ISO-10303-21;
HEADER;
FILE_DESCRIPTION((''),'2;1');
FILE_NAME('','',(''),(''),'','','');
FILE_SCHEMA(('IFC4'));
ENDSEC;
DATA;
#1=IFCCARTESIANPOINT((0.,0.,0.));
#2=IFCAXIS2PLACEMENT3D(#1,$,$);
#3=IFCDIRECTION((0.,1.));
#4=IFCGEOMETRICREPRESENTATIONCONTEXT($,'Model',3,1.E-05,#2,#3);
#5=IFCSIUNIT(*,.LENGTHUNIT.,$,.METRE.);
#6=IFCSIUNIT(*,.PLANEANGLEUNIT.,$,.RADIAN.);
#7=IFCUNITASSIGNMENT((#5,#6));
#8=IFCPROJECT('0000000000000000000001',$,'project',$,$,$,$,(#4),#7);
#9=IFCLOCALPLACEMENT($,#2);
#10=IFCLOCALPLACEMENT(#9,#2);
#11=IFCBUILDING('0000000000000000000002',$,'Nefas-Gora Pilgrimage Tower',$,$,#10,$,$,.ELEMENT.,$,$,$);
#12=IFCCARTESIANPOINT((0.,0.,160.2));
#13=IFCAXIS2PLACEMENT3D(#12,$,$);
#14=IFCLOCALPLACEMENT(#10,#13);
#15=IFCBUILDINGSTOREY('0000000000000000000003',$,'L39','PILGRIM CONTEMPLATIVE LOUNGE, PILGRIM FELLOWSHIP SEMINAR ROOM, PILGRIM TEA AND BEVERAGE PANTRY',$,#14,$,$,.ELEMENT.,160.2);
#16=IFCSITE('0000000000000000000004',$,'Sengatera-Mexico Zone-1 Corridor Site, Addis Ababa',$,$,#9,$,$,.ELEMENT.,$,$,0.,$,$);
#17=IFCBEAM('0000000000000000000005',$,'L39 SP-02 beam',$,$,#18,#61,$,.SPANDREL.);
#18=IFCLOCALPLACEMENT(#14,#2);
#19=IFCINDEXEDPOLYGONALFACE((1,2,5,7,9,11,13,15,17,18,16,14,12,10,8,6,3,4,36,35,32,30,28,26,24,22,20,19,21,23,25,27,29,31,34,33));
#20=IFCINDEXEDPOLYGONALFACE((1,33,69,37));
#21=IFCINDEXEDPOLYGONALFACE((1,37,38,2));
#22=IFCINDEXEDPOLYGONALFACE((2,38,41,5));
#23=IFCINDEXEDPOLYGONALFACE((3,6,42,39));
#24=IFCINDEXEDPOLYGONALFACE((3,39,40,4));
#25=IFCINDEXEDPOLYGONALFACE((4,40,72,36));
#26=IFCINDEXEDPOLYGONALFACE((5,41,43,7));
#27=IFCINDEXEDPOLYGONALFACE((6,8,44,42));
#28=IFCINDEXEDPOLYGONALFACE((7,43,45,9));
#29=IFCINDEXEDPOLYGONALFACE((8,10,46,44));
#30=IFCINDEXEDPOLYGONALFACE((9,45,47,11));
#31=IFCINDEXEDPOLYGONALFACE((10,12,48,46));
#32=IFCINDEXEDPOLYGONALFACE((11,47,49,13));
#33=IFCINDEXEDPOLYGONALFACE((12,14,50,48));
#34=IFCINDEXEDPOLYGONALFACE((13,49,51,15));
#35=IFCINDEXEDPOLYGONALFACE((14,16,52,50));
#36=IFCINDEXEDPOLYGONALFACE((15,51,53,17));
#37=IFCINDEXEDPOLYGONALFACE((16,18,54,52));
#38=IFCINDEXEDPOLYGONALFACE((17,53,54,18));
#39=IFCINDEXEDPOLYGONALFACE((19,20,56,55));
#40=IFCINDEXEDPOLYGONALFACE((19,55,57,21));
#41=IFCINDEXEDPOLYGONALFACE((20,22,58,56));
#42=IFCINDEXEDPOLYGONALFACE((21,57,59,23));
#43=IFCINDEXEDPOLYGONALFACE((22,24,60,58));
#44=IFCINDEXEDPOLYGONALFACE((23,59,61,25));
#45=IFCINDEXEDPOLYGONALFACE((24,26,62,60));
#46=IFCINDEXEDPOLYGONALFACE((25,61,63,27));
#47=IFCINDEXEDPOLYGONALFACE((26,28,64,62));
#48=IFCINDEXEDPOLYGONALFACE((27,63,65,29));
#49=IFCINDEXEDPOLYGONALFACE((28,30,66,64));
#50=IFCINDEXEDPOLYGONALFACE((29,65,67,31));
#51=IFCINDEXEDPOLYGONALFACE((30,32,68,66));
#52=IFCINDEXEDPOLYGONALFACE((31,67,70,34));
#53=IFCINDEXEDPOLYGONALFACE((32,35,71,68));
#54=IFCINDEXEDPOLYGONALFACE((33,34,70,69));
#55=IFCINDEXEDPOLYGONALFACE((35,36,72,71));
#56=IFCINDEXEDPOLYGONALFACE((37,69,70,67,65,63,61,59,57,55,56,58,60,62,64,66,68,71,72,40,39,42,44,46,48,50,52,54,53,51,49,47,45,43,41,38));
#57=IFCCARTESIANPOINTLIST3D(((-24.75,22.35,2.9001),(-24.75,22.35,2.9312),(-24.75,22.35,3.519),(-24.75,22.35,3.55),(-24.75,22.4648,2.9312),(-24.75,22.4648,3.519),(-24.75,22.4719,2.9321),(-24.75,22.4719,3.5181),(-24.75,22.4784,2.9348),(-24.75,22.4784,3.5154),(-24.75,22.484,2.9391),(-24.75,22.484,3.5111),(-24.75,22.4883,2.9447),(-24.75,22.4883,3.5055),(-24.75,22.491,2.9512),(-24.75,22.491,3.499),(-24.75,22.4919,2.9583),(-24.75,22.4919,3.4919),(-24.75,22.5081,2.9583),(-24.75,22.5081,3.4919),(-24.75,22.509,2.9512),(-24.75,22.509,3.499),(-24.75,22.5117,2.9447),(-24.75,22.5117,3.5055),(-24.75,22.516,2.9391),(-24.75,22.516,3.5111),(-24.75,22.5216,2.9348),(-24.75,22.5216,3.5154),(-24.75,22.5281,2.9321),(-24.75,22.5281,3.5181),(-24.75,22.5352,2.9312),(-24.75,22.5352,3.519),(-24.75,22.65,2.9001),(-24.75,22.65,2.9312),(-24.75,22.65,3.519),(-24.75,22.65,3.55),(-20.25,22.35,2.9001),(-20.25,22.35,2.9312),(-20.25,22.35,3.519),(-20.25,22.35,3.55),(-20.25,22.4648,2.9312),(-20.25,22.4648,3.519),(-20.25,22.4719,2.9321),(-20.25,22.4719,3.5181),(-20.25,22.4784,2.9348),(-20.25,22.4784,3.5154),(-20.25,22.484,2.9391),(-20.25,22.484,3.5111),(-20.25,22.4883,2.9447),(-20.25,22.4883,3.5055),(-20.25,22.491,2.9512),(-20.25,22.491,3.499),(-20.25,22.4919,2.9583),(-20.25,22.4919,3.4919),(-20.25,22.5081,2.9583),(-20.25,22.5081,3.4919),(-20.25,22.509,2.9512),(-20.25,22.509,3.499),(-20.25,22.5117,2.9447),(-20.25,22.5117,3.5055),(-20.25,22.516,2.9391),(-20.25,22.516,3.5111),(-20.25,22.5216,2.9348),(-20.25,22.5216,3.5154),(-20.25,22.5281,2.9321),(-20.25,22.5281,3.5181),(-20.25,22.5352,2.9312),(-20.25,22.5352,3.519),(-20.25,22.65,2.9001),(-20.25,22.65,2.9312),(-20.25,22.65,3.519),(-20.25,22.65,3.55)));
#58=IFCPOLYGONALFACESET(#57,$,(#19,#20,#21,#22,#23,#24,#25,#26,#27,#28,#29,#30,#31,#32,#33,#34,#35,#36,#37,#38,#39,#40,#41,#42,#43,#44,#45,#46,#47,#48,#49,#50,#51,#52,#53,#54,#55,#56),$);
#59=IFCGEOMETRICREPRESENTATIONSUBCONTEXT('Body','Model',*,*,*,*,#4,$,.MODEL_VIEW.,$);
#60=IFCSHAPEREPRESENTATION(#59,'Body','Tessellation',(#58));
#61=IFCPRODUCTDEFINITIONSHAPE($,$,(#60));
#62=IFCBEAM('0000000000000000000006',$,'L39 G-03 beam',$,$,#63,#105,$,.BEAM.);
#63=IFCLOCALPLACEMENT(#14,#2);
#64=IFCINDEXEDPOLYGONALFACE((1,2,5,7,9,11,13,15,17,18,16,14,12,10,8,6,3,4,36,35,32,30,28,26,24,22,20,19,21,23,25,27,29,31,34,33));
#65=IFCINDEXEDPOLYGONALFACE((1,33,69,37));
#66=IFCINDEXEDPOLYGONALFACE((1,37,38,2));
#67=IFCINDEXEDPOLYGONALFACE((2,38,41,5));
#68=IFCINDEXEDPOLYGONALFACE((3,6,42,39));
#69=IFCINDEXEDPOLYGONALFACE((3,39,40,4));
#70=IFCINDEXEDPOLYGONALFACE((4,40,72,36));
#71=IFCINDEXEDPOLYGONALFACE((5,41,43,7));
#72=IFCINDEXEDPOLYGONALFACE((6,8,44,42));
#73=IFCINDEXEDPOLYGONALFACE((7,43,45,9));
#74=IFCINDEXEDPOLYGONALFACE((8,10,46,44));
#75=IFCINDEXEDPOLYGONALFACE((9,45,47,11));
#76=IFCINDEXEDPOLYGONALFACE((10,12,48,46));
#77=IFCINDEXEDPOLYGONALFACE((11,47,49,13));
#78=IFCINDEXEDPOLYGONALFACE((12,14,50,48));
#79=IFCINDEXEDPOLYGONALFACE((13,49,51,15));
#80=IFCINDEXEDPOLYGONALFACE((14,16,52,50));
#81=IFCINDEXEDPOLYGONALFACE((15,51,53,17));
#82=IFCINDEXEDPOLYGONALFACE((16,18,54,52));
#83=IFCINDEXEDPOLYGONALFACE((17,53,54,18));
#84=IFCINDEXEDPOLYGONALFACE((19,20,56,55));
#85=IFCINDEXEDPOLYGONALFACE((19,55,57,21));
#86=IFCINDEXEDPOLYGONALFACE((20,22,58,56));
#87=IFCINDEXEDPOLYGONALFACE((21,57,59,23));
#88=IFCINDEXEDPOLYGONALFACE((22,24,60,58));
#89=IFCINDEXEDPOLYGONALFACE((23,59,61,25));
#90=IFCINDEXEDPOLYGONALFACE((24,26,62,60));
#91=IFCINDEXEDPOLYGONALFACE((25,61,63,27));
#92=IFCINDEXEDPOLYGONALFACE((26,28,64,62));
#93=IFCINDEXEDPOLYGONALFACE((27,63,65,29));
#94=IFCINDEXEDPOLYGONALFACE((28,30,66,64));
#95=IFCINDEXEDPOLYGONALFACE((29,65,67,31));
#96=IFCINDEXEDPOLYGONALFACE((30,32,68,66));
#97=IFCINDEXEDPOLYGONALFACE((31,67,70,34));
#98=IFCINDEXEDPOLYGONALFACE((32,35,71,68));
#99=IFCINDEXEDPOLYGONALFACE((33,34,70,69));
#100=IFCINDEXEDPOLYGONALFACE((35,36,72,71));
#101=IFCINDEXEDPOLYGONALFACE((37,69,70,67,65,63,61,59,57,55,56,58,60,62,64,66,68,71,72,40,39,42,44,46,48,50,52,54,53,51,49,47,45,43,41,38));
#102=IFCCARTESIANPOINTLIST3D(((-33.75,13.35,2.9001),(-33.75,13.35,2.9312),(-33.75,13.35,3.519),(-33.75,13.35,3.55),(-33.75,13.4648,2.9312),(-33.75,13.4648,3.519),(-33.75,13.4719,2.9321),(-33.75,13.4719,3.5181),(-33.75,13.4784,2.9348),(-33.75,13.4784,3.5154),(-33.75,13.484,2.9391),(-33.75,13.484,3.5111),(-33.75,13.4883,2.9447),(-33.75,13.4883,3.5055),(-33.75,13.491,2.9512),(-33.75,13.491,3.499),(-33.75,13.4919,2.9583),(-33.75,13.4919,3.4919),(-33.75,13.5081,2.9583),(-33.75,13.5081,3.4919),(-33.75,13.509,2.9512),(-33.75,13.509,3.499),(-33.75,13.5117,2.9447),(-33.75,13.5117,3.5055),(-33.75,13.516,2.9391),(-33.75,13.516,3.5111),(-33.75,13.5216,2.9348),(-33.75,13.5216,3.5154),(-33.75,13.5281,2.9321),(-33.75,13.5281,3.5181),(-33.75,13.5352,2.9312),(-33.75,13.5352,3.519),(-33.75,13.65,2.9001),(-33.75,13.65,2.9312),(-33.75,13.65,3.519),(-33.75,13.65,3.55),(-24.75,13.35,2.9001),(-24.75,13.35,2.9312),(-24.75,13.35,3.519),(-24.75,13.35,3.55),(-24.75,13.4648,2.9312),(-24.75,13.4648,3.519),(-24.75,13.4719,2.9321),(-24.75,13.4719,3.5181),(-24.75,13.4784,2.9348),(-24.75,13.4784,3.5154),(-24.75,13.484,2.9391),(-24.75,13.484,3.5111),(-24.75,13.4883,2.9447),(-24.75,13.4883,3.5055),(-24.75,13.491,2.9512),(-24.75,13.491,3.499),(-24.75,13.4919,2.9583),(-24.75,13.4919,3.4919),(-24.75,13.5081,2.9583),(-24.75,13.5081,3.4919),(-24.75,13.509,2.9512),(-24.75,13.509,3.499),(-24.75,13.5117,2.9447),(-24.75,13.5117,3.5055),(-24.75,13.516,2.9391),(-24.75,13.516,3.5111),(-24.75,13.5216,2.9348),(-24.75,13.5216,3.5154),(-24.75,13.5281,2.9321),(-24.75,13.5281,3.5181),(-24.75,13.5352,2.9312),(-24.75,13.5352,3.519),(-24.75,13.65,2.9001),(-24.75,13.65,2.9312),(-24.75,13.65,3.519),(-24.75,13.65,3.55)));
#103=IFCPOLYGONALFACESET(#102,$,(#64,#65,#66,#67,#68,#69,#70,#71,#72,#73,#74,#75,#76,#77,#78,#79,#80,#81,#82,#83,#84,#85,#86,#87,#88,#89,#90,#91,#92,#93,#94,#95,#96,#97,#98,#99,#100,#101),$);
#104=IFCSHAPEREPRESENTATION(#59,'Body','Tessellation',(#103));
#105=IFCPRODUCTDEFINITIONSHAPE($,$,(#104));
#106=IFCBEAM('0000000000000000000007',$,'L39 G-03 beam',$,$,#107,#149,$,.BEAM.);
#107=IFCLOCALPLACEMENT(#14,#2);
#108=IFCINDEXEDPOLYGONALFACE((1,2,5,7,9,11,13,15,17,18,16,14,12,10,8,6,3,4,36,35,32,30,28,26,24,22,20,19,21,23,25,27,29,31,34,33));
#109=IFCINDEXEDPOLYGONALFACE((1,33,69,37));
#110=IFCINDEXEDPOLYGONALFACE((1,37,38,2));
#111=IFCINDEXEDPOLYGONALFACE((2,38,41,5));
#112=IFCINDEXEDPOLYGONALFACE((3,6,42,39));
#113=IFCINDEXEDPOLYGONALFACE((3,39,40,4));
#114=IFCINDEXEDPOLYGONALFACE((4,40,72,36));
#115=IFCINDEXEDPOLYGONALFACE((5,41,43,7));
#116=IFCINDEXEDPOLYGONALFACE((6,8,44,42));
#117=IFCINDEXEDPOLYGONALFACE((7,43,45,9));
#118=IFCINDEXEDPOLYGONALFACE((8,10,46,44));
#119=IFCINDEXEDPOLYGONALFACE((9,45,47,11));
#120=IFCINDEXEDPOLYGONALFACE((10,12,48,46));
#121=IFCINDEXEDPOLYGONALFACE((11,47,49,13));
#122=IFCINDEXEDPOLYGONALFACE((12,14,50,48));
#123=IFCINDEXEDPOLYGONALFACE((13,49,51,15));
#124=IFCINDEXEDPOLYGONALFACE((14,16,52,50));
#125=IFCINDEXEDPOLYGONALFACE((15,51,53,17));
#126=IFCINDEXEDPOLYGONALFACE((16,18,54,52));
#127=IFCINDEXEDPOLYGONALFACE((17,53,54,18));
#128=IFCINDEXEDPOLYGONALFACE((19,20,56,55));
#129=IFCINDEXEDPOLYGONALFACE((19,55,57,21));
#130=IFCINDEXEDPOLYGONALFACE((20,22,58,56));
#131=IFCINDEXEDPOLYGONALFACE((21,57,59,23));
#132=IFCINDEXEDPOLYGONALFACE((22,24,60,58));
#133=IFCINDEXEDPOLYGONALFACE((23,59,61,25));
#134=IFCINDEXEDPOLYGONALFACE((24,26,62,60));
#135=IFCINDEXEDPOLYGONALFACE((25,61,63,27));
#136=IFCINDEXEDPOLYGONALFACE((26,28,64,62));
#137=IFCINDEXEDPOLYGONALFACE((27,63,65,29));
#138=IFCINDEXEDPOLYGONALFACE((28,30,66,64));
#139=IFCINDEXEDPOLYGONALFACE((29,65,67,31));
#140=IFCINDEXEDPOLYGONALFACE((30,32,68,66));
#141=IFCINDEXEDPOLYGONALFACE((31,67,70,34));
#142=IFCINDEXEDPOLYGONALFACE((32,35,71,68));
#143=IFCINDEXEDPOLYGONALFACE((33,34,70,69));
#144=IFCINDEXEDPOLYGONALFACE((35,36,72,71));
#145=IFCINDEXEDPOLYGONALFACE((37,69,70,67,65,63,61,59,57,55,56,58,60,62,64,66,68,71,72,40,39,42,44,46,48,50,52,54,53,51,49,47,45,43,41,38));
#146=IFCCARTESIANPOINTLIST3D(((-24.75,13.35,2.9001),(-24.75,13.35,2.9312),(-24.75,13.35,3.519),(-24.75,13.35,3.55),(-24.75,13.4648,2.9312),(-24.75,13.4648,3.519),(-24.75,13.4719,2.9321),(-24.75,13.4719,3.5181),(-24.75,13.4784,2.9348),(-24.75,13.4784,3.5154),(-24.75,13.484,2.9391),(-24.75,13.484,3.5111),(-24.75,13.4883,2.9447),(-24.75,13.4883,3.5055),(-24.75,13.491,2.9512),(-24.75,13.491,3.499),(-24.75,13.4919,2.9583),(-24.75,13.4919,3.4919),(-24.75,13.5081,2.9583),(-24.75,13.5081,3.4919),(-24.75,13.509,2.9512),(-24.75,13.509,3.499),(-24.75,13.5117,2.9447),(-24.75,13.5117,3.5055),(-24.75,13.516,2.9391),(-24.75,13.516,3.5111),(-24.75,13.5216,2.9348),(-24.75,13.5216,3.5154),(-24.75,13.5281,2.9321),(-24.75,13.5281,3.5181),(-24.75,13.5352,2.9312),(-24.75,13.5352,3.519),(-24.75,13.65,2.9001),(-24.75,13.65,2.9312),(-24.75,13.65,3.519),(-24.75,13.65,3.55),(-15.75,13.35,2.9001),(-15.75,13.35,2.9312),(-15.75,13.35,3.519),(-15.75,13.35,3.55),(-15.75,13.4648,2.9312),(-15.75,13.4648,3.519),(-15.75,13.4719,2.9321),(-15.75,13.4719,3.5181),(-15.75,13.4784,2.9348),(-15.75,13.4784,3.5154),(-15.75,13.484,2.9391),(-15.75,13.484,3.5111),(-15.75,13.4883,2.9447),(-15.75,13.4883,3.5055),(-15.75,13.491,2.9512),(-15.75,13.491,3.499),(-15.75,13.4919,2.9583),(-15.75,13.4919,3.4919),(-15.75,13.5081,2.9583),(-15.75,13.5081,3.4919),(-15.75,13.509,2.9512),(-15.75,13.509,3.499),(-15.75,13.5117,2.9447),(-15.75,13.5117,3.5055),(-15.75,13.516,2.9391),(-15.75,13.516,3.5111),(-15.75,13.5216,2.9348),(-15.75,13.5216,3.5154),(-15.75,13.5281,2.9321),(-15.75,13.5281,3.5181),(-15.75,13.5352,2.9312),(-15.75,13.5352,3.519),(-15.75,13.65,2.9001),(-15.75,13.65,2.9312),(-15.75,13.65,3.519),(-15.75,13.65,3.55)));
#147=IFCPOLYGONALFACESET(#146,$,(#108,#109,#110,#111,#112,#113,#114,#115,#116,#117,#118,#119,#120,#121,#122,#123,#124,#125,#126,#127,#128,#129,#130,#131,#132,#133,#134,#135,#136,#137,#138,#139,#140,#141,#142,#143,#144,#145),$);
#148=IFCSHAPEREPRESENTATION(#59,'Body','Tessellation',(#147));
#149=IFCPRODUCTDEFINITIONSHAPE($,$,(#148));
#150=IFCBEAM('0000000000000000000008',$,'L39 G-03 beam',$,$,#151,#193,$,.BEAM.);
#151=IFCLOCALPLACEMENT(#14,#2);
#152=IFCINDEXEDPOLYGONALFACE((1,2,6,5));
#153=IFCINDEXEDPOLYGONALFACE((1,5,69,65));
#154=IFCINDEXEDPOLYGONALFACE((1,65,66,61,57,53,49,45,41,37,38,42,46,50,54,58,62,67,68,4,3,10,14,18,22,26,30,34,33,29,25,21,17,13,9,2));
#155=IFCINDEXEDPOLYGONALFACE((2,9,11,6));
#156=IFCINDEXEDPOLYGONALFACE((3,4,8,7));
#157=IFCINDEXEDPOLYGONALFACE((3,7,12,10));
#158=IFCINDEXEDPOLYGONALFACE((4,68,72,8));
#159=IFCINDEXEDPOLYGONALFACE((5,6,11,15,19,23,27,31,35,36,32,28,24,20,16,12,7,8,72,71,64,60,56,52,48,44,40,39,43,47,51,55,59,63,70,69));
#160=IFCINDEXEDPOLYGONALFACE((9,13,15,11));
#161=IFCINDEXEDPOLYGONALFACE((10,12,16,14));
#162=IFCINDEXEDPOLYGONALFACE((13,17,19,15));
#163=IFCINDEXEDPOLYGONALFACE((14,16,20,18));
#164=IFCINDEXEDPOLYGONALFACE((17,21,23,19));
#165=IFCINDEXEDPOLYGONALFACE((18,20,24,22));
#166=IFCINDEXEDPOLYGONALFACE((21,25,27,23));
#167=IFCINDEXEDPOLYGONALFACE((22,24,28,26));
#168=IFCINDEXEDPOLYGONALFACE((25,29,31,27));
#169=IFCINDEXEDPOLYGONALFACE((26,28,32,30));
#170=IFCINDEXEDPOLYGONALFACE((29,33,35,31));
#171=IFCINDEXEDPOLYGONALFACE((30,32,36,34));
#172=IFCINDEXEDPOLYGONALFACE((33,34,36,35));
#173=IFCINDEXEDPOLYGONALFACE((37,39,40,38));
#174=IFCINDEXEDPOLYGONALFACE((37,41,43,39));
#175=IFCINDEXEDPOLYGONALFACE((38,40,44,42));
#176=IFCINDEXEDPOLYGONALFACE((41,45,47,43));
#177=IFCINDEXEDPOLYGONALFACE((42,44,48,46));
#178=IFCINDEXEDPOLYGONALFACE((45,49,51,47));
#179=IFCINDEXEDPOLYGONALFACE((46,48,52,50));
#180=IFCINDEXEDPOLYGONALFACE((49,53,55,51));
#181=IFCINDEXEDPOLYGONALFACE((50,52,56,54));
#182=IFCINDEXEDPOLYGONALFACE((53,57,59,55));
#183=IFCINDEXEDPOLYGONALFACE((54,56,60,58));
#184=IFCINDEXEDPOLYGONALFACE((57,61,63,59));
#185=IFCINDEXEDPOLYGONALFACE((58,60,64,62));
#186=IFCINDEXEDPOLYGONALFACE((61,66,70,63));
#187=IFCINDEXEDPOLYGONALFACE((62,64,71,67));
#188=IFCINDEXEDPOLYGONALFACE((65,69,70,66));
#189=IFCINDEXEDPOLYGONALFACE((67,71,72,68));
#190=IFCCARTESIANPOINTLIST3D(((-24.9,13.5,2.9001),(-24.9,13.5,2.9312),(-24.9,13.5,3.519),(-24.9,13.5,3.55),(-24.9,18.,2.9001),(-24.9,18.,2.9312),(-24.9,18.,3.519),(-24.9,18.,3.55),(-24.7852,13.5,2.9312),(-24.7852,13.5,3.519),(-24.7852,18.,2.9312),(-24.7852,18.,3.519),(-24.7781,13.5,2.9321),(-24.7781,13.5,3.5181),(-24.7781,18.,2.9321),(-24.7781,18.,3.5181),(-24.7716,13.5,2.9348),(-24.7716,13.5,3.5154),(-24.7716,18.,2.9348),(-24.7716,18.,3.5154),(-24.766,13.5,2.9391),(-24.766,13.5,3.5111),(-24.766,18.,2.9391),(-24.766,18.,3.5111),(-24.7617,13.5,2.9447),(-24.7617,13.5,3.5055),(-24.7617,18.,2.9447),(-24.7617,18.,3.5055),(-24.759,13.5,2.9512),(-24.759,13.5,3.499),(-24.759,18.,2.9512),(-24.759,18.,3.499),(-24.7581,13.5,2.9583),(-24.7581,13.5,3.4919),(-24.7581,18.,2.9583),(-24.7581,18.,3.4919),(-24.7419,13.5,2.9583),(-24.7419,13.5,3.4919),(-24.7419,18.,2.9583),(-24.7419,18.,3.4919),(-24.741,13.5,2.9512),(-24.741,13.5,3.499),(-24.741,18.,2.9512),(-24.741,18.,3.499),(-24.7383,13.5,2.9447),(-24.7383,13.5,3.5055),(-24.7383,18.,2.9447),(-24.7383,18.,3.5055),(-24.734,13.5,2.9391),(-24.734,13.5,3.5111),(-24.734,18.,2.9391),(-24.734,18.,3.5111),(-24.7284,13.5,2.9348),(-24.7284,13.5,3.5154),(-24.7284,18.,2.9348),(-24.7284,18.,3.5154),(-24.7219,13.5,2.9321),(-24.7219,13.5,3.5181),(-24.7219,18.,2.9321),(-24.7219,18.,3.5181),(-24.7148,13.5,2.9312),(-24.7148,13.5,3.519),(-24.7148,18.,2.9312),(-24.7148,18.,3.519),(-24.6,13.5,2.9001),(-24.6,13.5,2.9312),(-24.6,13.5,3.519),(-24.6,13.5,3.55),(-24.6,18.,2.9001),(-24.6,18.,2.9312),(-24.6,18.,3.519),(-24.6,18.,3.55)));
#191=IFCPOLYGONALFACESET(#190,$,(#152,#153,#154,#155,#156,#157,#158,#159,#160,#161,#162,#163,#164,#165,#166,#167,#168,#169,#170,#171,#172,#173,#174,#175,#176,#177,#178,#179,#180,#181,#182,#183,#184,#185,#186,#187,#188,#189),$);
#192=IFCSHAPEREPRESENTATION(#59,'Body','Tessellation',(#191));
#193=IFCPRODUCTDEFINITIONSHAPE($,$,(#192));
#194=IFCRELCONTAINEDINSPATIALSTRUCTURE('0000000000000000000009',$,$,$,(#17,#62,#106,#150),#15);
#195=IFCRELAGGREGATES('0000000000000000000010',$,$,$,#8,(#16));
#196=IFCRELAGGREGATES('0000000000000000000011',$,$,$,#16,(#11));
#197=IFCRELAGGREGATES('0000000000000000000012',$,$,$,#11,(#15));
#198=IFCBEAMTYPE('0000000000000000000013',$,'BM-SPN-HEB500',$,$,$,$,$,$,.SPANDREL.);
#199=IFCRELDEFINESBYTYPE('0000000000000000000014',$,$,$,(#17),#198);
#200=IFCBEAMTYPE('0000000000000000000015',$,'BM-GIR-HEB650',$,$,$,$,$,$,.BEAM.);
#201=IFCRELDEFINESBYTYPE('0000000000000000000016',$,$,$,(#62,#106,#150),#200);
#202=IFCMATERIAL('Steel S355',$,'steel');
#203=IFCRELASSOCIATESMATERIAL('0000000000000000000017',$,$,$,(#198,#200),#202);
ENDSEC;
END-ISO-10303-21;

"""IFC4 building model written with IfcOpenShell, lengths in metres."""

from ifc_helpers import new_model, si_unit, direction, frame, origin, origin_2d, place, context, subcontext, project, spatial, i_section, extrude, source, transform, mapped, material, material_profile, profile_set, type_object, element, save


model = new_model("IFC4")

# Units and contexts
model_context = context("Model", 3, precision=1e-05, world=origin(), true_north=direction((0.0, 1.0)))
body_context = subcontext(model_context, "Body", "Model", "MODEL_VIEW")
ifc_project = project(units=[si_unit("LENGTHUNIT", "METRE"), si_unit("PLANEANGLEUNIT", "RADIAN")], contexts=[model_context])

# Site, building, storey
site_placement = place(None, origin())
site = spatial("IfcSite", under=ifc_project, at=site_placement, Name="Sengatera-Mexico Zone-1 Corridor Site, Addis Ababa", CompositionType="ELEMENT", RefElevation=0.0)
building_placement = place(site_placement, origin())
building = spatial("IfcBuilding", under=site, at=building_placement, Name="Nefas-Gora Pilgrimage Tower", CompositionType="ELEMENT")
storey_placement = place(building_placement, frame((0.0, 0.0, 160.2)))
storey = spatial("IfcBuildingStorey", under=building, at=storey_placement, Name="L39", Description="PILGRIM CONTEMPLATIVE LOUNGE, PILGRIM FELLOWSHIP SEMINAR ROOM, PILGRIM TEA AND BEVERAGE PANTRY", CompositionType="ELEMENT", Elevation=160.2)

# Beams
ifc_material_1 = material(Name="Steel S355", Category="steel")
ifc_material_profile_1 = material_profile(ifc_material_1, i_section(OverallWidth=0.3, OverallDepth=0.6499, WebThickness=0.0161, FlangeThickness=0.031, FilletRadius=0.0271, at=origin_2d()), Name="HEB 650")
ifc_profile_set_1 = profile_set([ifc_material_profile_1], Name="Steel S355")
beam_type_1 = type_object("IfcBeamType", Name="BM-SPN-HEB500", PredefinedType="SPANDREL", material=ifc_profile_set_1)
shared_shape_1 = source(origin(), body_context, "Body", "SweptSolid", [
    extrude(i_section(OverallWidth=0.3, OverallDepth=0.6499, WebThickness=0.0161, FlangeThickness=0.031, FilletRadius=0.0271, at=origin_2d()), origin(), (0.0, 0.0, 1.0), 4.5),
])
beam_placement = place(storey_placement, frame((-24.75, 22.5, 3.2251), z_axis=(1.0, 0.0, 0.0), x_axis=(0.0, 1.0, 0.0)))
element("IfcBeam", 1, at=beam_placement, inside=storey, type_object=beam_type_1, Name="L39 SP-02 beam", PredefinedType="SPANDREL", context=body_context, shape_type="MappedRepresentation", body=[
    mapped(shared_shape_1, transform((0.0, 0.0, 0.0), x_axis=(1.0, 0.0, 0.0), y_axis=(0.0, 1.0, 0.0), z_axis=(0.0, 0.0, 1.0), scale=1.0)),
])
ifc_material_profile_2 = material_profile(ifc_material_1, i_section(OverallWidth=0.3, OverallDepth=0.6499, WebThickness=0.0161, FlangeThickness=0.031, FilletRadius=0.0271, at=origin_2d()), Name="HEB 650")
ifc_profile_set_2 = profile_set([ifc_material_profile_2], Name="Steel S355")
beam_type_2 = type_object("IfcBeamType", Name="BM-GIR-HEB650", PredefinedType="BEAM", material=ifc_profile_set_2)
shared_shape_2 = source(origin(), body_context, "Body", "SweptSolid", [
    extrude(i_section(OverallWidth=0.3, OverallDepth=0.6499, WebThickness=0.0161, FlangeThickness=0.031, FilletRadius=0.0271, at=origin_2d()), origin(), (0.0, 0.0, 1.0), 9.0),
])
for number, where, z_axis, x_axis, name in (
    (2, (-33.75, 13.5, 3.2251), (1.0, 0.0, 0.0), (0.0, 1.0, 0.0), "L39 G-03 beam"),
    (3, (-24.75, 13.5, 3.2251), (1.0, 0.0, 0.0), (0.0, 1.0, 0.0), "L39 G-03 beam"),
):
    element("IfcBeam", number, at=place(storey_placement, frame(where, z_axis=z_axis, x_axis=x_axis)), inside=storey, type_object=beam_type_2, Name=name, PredefinedType="BEAM", context=body_context, shape_type="MappedRepresentation", body=[
        mapped(shared_shape_2, transform((0.0, 0.0, 0.0), x_axis=(1.0, 0.0, 0.0), y_axis=(0.0, 1.0, 0.0), z_axis=(0.0, 0.0, 1.0), scale=1.0)),
    ])
shared_shape_3 = source(origin(), body_context, "Body", "SweptSolid", [
    extrude(i_section(OverallWidth=0.3, OverallDepth=0.6499, WebThickness=0.0161, FlangeThickness=0.031, FilletRadius=0.0271, at=origin_2d()), origin(), (0.0, 0.0, 1.0), 4.5),
])
for number, where, z_axis, x_axis, name in (
    (4, (-24.75, 13.5, 3.2251), (0.0, 1.0, 0.0), (-1.0, 0.0, 0.0), "L39 G-03 beam"),
):
    element("IfcBeam", number, at=place(storey_placement, frame(where, z_axis=z_axis, x_axis=x_axis)), inside=storey, type_object=beam_type_2, Name=name, PredefinedType="BEAM", context=body_context, shape_type="MappedRepresentation", body=[
        mapped(shared_shape_3, transform((0.0, 0.0, 0.0), x_axis=(1.0, 0.0, 0.0), y_axis=(0.0, 1.0, 0.0), z_axis=(0.0, 0.0, 1.0), scale=1.0)),
    ])

save(model, "model.ifc")
